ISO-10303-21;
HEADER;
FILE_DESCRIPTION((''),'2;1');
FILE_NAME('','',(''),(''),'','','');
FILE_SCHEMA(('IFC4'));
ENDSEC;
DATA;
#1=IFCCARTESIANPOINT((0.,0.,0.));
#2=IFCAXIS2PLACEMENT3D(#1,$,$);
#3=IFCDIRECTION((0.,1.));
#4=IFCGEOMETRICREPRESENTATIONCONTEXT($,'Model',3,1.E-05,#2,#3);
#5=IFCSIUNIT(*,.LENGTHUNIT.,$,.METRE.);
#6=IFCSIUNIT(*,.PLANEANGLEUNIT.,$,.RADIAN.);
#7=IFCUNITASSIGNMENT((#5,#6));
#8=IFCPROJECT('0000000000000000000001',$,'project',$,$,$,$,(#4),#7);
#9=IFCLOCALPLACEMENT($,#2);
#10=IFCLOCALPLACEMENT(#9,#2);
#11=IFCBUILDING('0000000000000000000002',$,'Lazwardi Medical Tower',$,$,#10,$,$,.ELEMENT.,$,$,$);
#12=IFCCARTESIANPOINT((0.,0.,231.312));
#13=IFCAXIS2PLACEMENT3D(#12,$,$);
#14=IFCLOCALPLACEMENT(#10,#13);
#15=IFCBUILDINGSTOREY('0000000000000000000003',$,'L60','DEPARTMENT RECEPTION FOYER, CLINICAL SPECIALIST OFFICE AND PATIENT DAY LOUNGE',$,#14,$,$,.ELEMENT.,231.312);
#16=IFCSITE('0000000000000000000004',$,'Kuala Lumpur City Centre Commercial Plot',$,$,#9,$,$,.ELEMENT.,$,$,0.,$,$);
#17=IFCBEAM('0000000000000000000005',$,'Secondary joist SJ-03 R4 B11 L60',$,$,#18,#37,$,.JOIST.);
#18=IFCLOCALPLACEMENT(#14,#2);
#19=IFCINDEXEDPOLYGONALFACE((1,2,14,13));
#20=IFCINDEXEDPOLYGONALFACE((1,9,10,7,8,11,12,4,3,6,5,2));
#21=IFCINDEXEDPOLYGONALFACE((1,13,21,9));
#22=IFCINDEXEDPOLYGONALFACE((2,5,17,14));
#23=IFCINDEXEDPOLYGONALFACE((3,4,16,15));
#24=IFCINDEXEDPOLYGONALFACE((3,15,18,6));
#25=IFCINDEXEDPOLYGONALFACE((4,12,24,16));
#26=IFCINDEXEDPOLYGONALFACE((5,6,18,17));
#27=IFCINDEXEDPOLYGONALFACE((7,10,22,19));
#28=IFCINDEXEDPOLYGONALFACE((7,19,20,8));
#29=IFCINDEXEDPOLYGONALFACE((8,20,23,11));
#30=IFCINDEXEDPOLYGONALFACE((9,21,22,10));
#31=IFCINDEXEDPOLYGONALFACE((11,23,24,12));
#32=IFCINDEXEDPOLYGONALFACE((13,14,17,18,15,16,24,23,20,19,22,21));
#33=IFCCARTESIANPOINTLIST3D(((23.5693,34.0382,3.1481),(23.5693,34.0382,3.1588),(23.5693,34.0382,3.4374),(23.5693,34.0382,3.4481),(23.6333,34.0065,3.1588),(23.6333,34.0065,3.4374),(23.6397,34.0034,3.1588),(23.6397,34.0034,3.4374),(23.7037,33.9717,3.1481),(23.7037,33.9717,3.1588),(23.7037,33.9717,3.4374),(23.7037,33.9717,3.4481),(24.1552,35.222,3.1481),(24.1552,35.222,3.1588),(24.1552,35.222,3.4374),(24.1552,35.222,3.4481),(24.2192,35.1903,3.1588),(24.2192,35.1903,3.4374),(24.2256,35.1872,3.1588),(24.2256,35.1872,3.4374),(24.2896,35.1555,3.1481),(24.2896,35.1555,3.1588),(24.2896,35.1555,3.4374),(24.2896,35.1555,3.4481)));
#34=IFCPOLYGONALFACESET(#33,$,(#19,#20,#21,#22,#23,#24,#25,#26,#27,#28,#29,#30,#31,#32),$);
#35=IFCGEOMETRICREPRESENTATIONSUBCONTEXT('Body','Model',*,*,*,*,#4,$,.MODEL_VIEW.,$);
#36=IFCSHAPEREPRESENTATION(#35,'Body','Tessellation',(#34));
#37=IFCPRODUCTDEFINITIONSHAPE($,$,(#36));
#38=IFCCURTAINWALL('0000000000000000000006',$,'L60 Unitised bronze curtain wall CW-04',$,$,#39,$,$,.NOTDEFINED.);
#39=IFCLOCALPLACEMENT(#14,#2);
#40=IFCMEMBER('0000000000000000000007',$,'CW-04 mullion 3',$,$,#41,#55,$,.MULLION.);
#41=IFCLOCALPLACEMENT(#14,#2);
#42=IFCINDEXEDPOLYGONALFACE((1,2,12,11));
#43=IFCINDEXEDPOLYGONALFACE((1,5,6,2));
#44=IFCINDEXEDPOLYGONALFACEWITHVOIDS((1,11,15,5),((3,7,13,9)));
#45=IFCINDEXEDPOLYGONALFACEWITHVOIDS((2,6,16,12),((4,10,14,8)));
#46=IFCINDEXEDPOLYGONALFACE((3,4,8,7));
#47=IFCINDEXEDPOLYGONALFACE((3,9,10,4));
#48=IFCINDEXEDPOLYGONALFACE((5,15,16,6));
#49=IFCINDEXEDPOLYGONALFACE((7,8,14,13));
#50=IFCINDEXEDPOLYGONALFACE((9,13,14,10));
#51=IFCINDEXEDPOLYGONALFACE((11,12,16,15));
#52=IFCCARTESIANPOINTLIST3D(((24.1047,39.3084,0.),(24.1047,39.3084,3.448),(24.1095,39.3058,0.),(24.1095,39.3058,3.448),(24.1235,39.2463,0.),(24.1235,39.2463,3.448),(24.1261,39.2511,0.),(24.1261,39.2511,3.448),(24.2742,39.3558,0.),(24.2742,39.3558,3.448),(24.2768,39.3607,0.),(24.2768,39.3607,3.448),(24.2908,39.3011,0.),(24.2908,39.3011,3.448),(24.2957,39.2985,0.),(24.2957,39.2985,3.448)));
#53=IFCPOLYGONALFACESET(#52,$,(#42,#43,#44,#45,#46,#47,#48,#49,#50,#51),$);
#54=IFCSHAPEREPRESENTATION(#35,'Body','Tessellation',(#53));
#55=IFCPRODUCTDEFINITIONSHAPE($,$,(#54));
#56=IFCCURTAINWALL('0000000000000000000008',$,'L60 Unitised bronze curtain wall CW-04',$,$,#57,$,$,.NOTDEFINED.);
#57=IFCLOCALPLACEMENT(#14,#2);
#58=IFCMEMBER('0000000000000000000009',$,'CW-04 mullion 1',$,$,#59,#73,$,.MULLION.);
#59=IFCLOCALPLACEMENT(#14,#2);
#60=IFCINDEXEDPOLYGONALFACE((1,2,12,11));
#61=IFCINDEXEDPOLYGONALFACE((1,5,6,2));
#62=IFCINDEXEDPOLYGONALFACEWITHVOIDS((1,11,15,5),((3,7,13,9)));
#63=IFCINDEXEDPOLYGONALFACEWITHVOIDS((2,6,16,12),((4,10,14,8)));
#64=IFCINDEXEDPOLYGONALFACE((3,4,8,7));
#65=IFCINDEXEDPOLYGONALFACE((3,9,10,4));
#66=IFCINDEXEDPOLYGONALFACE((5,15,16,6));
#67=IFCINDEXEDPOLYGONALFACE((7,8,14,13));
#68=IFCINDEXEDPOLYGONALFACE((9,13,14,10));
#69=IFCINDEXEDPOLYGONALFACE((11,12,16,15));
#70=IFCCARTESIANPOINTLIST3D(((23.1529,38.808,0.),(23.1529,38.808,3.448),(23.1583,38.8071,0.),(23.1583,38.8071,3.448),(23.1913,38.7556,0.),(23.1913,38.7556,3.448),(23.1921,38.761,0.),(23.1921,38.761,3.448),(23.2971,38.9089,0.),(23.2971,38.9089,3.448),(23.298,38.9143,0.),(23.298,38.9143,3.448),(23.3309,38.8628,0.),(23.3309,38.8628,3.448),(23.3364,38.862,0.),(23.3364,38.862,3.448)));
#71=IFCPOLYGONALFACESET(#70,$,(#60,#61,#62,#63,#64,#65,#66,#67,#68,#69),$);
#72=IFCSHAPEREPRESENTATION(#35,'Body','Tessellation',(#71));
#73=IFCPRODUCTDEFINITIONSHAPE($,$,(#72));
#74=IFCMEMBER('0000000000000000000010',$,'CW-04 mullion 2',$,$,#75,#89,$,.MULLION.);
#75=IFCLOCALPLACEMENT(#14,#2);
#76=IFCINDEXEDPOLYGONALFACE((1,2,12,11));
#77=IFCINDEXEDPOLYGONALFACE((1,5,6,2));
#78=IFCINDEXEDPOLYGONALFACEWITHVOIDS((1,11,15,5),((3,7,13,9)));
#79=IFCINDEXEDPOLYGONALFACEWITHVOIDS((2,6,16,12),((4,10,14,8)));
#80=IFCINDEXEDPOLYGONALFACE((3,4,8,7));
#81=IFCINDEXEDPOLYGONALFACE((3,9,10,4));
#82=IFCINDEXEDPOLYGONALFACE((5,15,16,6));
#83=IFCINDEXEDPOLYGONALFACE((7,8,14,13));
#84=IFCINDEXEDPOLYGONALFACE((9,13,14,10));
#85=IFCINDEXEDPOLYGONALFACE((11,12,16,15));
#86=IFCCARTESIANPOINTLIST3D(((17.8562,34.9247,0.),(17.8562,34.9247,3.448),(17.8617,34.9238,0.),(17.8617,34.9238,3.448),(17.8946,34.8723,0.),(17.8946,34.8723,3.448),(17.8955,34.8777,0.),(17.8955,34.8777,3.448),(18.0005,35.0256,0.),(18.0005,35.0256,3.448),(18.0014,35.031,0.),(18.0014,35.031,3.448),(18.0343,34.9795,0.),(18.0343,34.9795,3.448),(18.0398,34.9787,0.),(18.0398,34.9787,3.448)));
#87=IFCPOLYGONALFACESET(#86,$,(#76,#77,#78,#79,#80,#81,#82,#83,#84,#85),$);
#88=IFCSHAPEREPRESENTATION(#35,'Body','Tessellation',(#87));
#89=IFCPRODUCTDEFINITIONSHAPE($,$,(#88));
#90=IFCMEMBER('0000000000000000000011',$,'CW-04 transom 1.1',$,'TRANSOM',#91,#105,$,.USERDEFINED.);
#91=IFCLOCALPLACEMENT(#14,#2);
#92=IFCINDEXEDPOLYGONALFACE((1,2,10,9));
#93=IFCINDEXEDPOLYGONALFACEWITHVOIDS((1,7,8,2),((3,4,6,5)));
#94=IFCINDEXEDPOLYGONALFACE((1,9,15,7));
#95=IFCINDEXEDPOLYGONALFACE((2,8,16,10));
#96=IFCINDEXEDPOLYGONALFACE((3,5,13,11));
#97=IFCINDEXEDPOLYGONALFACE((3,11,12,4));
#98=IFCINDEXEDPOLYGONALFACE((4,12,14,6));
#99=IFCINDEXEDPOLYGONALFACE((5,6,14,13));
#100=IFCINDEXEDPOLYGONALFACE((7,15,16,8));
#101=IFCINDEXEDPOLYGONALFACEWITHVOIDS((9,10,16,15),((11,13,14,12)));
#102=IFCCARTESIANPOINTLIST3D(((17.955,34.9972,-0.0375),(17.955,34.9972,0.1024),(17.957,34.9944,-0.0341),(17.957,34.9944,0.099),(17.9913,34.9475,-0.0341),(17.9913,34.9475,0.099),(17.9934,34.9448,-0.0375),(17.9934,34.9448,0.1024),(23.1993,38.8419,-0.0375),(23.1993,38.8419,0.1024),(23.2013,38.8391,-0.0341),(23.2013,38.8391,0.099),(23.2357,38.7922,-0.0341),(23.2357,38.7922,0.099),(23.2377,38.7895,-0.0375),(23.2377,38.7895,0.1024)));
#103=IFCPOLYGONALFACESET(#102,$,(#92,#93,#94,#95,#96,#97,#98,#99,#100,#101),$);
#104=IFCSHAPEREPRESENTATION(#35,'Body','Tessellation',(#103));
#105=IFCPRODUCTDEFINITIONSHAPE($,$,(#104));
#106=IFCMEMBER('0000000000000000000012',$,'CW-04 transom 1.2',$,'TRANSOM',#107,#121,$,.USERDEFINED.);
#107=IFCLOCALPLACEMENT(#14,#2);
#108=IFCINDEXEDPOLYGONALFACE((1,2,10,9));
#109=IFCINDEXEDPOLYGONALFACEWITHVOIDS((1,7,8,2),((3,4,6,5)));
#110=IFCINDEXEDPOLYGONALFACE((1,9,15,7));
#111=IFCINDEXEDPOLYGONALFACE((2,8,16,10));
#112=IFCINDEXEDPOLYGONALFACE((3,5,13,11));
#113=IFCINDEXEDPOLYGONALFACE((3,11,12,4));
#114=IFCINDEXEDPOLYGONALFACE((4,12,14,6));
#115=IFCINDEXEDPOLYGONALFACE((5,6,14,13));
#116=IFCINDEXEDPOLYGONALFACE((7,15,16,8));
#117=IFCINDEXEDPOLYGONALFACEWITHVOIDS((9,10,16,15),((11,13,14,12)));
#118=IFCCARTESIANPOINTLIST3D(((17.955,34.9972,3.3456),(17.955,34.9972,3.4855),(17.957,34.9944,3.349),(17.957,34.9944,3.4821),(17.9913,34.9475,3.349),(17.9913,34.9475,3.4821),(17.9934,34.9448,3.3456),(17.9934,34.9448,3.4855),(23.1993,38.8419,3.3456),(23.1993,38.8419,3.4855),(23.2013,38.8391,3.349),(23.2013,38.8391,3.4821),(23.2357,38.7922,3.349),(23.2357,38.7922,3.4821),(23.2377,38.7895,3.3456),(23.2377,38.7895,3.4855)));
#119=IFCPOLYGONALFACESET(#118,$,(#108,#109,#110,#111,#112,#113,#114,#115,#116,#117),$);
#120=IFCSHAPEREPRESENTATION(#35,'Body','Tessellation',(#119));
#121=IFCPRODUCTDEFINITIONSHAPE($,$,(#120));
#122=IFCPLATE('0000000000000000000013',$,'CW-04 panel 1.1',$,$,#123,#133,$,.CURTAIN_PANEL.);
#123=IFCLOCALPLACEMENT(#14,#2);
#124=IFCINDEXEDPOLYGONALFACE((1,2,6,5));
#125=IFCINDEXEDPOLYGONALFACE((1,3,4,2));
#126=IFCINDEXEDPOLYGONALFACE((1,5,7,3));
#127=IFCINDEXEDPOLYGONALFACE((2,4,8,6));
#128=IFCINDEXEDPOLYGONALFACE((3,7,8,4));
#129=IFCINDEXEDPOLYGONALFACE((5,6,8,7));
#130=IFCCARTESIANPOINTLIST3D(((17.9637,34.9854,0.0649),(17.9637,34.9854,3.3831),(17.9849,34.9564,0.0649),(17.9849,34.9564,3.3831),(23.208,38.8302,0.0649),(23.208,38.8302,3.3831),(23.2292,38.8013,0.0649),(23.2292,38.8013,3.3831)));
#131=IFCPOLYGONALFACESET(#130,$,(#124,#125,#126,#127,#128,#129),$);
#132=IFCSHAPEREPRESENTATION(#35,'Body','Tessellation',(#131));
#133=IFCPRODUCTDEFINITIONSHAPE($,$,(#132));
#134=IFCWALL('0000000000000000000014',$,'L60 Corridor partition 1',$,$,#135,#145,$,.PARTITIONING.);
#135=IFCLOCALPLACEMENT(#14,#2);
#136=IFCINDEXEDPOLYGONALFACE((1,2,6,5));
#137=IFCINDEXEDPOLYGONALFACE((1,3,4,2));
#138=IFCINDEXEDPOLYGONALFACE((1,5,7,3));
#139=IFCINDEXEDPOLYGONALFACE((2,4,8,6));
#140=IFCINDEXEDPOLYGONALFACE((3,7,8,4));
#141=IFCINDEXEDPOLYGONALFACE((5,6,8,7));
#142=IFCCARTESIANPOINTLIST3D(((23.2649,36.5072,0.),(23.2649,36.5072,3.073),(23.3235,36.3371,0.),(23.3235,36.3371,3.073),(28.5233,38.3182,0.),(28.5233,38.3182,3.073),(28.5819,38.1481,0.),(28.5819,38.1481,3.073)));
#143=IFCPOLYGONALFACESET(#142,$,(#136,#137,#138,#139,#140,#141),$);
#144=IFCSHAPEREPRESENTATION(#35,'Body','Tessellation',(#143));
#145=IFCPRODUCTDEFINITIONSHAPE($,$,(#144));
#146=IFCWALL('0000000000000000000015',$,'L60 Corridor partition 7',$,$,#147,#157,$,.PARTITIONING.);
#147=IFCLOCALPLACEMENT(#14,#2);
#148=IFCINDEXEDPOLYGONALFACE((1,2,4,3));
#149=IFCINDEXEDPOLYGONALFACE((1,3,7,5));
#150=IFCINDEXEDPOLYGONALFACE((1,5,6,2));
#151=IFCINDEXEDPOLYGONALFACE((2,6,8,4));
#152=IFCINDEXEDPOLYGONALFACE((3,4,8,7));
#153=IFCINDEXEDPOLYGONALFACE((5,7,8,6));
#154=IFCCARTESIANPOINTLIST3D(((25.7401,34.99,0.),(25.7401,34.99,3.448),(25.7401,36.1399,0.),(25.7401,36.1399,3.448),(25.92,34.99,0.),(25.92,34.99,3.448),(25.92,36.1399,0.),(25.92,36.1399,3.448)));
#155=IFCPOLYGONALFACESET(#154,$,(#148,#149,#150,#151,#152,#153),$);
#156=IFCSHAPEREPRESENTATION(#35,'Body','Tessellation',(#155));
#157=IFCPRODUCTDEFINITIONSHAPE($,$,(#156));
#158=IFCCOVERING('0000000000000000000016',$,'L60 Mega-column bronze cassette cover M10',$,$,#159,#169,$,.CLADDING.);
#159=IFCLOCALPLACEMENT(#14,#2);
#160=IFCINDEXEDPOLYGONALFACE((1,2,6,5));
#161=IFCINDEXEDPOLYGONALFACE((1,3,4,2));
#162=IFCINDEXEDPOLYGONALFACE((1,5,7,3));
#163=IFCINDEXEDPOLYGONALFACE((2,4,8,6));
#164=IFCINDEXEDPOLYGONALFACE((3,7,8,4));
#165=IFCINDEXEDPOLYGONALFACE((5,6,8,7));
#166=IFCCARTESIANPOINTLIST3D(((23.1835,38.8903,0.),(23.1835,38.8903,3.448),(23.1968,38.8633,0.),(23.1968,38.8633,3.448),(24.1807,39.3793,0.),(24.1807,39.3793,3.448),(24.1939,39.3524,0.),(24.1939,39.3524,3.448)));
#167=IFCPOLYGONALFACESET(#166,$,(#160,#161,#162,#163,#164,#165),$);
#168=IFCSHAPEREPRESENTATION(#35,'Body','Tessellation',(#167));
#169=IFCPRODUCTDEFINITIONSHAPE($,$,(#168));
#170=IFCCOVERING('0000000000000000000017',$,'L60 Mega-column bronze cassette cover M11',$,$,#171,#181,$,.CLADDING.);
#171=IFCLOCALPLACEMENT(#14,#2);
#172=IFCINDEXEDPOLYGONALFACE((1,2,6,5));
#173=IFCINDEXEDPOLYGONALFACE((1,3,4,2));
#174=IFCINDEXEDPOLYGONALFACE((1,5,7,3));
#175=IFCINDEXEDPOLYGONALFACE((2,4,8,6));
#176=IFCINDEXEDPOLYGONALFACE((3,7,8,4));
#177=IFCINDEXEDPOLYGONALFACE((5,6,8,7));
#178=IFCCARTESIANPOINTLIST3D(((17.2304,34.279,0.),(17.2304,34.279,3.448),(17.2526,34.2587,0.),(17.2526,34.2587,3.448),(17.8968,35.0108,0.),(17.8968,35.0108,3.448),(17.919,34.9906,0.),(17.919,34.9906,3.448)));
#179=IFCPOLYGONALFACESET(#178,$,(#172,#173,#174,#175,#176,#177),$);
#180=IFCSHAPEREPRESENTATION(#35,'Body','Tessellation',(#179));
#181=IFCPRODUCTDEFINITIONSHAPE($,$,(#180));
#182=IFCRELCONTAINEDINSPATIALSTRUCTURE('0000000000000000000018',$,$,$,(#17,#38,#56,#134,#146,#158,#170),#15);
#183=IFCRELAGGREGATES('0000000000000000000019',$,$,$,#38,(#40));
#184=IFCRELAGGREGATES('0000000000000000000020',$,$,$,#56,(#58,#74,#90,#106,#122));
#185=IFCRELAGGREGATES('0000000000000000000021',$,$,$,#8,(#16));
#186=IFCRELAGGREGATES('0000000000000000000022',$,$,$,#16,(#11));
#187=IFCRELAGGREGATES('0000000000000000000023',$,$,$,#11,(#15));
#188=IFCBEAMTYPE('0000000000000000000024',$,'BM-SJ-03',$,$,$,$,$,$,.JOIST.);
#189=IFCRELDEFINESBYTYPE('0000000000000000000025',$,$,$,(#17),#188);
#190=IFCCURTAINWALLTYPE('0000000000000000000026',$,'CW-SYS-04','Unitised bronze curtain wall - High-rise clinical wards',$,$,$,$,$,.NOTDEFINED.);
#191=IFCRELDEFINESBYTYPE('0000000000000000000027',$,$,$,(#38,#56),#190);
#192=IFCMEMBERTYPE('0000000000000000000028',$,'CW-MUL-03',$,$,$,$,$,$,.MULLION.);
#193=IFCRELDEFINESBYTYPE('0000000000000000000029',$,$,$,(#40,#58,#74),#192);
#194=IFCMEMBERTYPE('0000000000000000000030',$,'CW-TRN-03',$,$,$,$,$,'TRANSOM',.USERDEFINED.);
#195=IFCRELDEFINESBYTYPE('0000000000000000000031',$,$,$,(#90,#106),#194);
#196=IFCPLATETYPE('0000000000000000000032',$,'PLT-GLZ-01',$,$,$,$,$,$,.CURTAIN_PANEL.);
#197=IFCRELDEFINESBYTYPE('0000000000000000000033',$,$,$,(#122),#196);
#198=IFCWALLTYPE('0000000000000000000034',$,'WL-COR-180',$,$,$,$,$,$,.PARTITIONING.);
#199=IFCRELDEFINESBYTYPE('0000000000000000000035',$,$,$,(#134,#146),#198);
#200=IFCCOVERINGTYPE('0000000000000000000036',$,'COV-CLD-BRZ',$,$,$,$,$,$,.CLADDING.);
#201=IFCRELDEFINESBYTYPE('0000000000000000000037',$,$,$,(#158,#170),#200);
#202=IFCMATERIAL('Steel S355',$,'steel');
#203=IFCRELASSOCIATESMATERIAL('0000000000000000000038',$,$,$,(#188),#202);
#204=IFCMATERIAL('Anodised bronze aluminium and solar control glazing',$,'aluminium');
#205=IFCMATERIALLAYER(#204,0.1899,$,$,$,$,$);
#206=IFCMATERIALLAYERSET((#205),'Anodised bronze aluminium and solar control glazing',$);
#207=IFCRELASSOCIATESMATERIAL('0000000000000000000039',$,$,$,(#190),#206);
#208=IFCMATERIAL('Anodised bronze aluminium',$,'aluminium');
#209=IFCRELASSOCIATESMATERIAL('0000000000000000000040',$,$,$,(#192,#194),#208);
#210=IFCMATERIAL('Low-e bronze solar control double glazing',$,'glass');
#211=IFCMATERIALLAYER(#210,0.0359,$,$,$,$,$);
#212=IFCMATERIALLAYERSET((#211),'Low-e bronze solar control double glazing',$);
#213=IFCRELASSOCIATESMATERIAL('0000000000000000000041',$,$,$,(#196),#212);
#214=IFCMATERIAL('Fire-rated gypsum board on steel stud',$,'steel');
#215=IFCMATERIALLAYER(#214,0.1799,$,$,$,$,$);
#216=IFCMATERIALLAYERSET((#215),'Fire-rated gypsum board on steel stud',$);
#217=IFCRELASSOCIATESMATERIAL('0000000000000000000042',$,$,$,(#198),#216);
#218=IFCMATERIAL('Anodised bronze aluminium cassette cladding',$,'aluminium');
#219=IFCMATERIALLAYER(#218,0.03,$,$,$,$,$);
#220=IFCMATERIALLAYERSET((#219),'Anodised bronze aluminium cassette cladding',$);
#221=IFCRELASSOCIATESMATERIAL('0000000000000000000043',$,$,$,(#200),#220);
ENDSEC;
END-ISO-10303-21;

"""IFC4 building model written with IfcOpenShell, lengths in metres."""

from ifc_helpers import new_model, si_unit, direction, frame, frame_2d, origin, origin_2d, place, context, subcontext, project, spatial, rectangle, hollow_rectangle, i_section, extrude, material, layer, layer_set, material_profile, profile_set, type_object, element, aggregate, save


model = new_model("IFC4")

# Units and contexts
model_context = context("Model", 3, precision=1e-05, world=origin(), true_north=direction((0.0, 1.0)))
body_context = subcontext(model_context, "Body", "Model", "MODEL_VIEW")
ifc_project = project(units=[si_unit("LENGTHUNIT", "METRE"), si_unit("PLANEANGLEUNIT", "RADIAN")], contexts=[model_context])

# Site, building, storey
site_placement = place(None, origin())
site = spatial("IfcSite", under=ifc_project, at=site_placement, Name="Kuala Lumpur City Centre Commercial Plot", CompositionType="ELEMENT", RefElevation=0.0)
building_placement = place(site_placement, origin())
building = spatial("IfcBuilding", under=site, at=building_placement, Name="Lazwardi Medical Tower", CompositionType="ELEMENT")
storey_placement = place(building_placement, frame((0.0, 0.0, 231.312)))
storey = spatial("IfcBuildingStorey", under=building, at=storey_placement, Name="L60", Description="DEPARTMENT RECEPTION FOYER, CLINICAL SPECIALIST OFFICE AND PATIENT DAY LOUNGE", CompositionType="ELEMENT", Elevation=231.312)

# Beam
ifc_material_1 = material(Name="Steel S355", Category="steel")
ifc_material_profile_1 = material_profile(ifc_material_1, i_section(OverallWidth=0.1499, OverallDepth=0.3, WebThickness=0.0071, FlangeThickness=0.0107, at=origin_2d()), Name="IPE 300")
ifc_profile_set_1 = profile_set([ifc_material_profile_1], Name="Steel S355")
beam_type_1 = type_object("IfcBeamType", Name="BM-SJ-03", PredefinedType="JOIST", material=ifc_profile_set_1)
beam_1_placement = place(storey_placement, frame((24.2224, 35.1887, 3.2981), z_axis=(-0.443587, -0.896231, 0.0), x_axis=(0.896231, -0.443587, 0.0)))
element("IfcBeam", 1, at=beam_1_placement, inside=storey, type_object=beam_type_1, Name="Secondary joist SJ-03 R4 B11 L60", PredefinedType="JOIST", context=body_context, shape_type="SweptSolid", body=[
    extrude(i_section(OverallWidth=0.1499, OverallDepth=0.3, WebThickness=0.0071, FlangeThickness=0.0107, at=origin_2d()), origin(), (0.0, 0.0, 1.0), 1.3208),
])

# Curtain wall, member
ifc_material_2 = material(Name="Anodised bronze aluminium and solar control glazing", Category="aluminium")
ifc_layer_1 = layer(ifc_material_2, 0.1899)
ifc_layer_set_1 = layer_set([ifc_layer_1], Name="Anodised bronze aluminium and solar control glazing")
curtain_wall_type = type_object("IfcCurtainWallType", Name="CW-SYS-04", Description="Unitised bronze curtain wall - High-rise clinical wards", PredefinedType="NOTDEFINED", material=ifc_layer_set_1)
curtain_wall_1_placement = place(storey_placement, origin())
curtain_wall_1 = element("IfcCurtainWall", 2, at=curtain_wall_1_placement, inside=storey, type_object=curtain_wall_type, Name="L60 Unitised bronze curtain wall CW-04", PredefinedType="NOTDEFINED")
ifc_material_3 = material(Name="Anodised bronze aluminium", Category="aluminium")
ifc_material_profile_2 = material_profile(ifc_material_3, hollow_rectangle(XDim=0.0649, YDim=0.1799, WallThickness=0.0039, at=origin_2d()), Name="ALU-MULLION 180x65x4")
ifc_profile_set_2 = profile_set([ifc_material_profile_2], Name="Anodised bronze aluminium")
member_type_1 = type_object("IfcMemberType", Name="CW-MUL-03", PredefinedType="MULLION", material=ifc_profile_set_2)
member_1_placement = place(storey_placement, frame((24.2002, 39.3035, 0.0), z_axis=(0.0, 0.0, 1.0), x_axis=(0.290582, -0.95685, 0.0)))
member_1 = element("IfcMember", 3, at=member_1_placement, type_object=member_type_1, Name="CW-04 mullion 3", PredefinedType="MULLION", context=body_context, shape_type="SweptSolid", body=[
    extrude(hollow_rectangle(XDim=0.0649, YDim=0.1799, WallThickness=0.0039, at=origin_2d()), origin(), (0.0, 0.0, 1.0), 3.448),
])
aggregate(curtain_wall_1, [member_1])

# Curtain wall, members, plate
curtain_wall_2_placement = place(storey_placement, origin())
curtain_wall_2 = element("IfcCurtainWall", 4, at=curtain_wall_2_placement, inside=storey, type_object=curtain_wall_type, Name="L60 Unitised bronze curtain wall CW-04", PredefinedType="NOTDEFINED")
member_2_placement = place(storey_placement, frame((23.2446, 38.835, 0.0), z_axis=(0.0, 0.0, 1.0), x_axis=(0.591268, -0.806475, 0.0)))
member_2 = element("IfcMember", 5, at=member_2_placement, type_object=member_type_1, Name="CW-04 mullion 1", PredefinedType="MULLION", context=body_context, shape_type="SweptSolid", body=[
    extrude(hollow_rectangle(XDim=0.0649, YDim=0.1799, WallThickness=0.0039, at=origin_2d()), origin(), (0.0, 0.0, 1.0), 3.448),
])
member_3_placement = place(storey_placement, frame((17.948, 34.9517, 0.0), z_axis=(0.0, 0.0, 1.0), x_axis=(0.591268, -0.806475, 0.0)))
member_3 = element("IfcMember", 6, at=member_3_placement, type_object=member_type_1, Name="CW-04 mullion 2", PredefinedType="MULLION", context=body_context, shape_type="SweptSolid", body=[
    extrude(hollow_rectangle(XDim=0.0649, YDim=0.1799, WallThickness=0.0039, at=origin_2d()), origin(), (0.0, 0.0, 1.0), 3.448),
])
ifc_material_profile_3 = material_profile(ifc_material_3, hollow_rectangle(XDim=0.0649, YDim=0.1399, WallThickness=0.0034, at=origin_2d()), Name="ALU-TRANSOM 140x65x3.5")
ifc_profile_set_3 = profile_set([ifc_material_profile_3], Name="Anodised bronze aluminium")
member_type_2 = type_object("IfcMemberType", Name="CW-TRN-03", ElementType="TRANSOM", PredefinedType="USERDEFINED", material=ifc_profile_set_3)
member_4_placement = place(storey_placement, frame((23.2185, 38.8157, 0.0325), z_axis=(-0.80649, -0.591248, 0.0), x_axis=(0.591248, -0.80649, 0.0)))
member_4 = element("IfcMember", 7, at=member_4_placement, type_object=member_type_2, Name="CW-04 transom 1.1", ObjectType="TRANSOM", PredefinedType="USERDEFINED", context=body_context, shape_type="SweptSolid", body=[
    extrude(hollow_rectangle(XDim=0.0649, YDim=0.1399, WallThickness=0.0034, at=origin_2d()), origin(), (0.0, 0.0, 1.0), 6.5027),
])
member_5_placement = place(storey_placement, frame((23.2185, 38.8157, 3.4155), z_axis=(-0.80649, -0.591248, 0.0), x_axis=(0.591248, -0.80649, 0.0)))
member_5 = element("IfcMember", 8, at=member_5_placement, type_object=member_type_2, Name="CW-04 transom 1.2", ObjectType="TRANSOM", PredefinedType="USERDEFINED", context=body_context, shape_type="SweptSolid", body=[
    extrude(hollow_rectangle(XDim=0.0649, YDim=0.1399, WallThickness=0.0034, at=origin_2d()), origin(), (0.0, 0.0, 1.0), 6.5027),
])
ifc_material_4 = material(Name="Low-e bronze solar control double glazing", Category="glass")
ifc_layer_2 = layer(ifc_material_4, 0.0359)
ifc_layer_set_2 = layer_set([ifc_layer_2], Name="Low-e bronze solar control double glazing")
plate_type = type_object("IfcPlateType", Name="PLT-GLZ-01", PredefinedType="CURTAIN_PANEL", material=ifc_layer_set_2)
plate_placement = place(storey_placement, frame((20.5964, 36.8933, 0.0649), z_axis=(0.0, 0.0, 1.0), x_axis=(-0.806475, -0.591268, 0.0)))
plate = element("IfcPlate", 9, at=plate_placement, type_object=plate_type, Name="CW-04 panel 1.1", PredefinedType="CURTAIN_PANEL", context=body_context, shape_type="SweptSolid", body=[
    extrude(rectangle(XDim=6.5027, YDim=0.0359, at=origin_2d()), origin(), (0.0, 0.0, 1.0), 3.3181),
])
aggregate(curtain_wall_2, [member_2, member_3, member_4, member_5, plate])

# Walls
ifc_material_5 = material(Name="Fire-rated gypsum board on steel stud", Category="steel")
ifc_layer_3 = layer(ifc_material_5, 0.1799)
ifc_layer_set_3 = layer_set([ifc_layer_3], Name="Fire-rated gypsum board on steel stud")
wall_type = type_object("IfcWallType", Name="WL-COR-180", PredefinedType="PARTITIONING", material=ifc_layer_set_3)
wall_1_placement = place(storey_placement, frame((23.2942, 36.4221, 0.0), z_axis=(0.0, 0.0, 1.0), x_axis=(0.945493, 0.325642, 0.0)))
element("IfcWall", 10, at=wall_1_placement, inside=storey, type_object=wall_type, Name="L60 Corridor partition 1", PredefinedType="PARTITIONING", context=body_context, shape_type="SweptSolid", body=[
    extrude(rectangle(XDim=5.5615, YDim=0.1799, at=frame_2d((2.7808, 0.0))), origin(), (0.0, 0.0, 1.0), 3.073),
])
wall_2_placement = place(storey_placement, frame((25.8301, 36.1399, 0.0), z_axis=(0.0, 0.0, 1.0), x_axis=(0.0, -1.0, 0.0)))
element("IfcWall", 11, at=wall_2_placement, inside=storey, type_object=wall_type, Name="L60 Corridor partition 7", PredefinedType="PARTITIONING", context=body_context, shape_type="SweptSolid", body=[
    extrude(rectangle(XDim=1.1499, YDim=0.1799, at=frame_2d((0.575, 0.0))), origin(), (0.0, 0.0, 1.0), 3.448),
])

# Coverings
ifc_material_6 = material(Name="Anodised bronze aluminium cassette cladding", Category="aluminium")
ifc_layer_4 = layer(ifc_material_6, 0.03)
ifc_layer_set_4 = layer_set([ifc_layer_4], Name="Anodised bronze aluminium cassette cladding")
covering_type = type_object("IfcCoveringType", Name="COV-CLD-BRZ", PredefinedType="CLADDING", material=ifc_layer_set_4)
covering_1_placement = place(storey_placement, frame((23.6887, 39.1213, 0.0), z_axis=(0.0, 0.0, 1.0), x_axis=(-0.89784, -0.440322, 0.0)))
element("IfcCovering", 12, at=covering_1_placement, inside=storey, type_object=covering_type, Name="L60 Mega-column bronze cassette cover M10", PredefinedType="CLADDING", context=body_context, shape_type="SweptSolid", body=[
    extrude(rectangle(XDim=1.1106, YDim=0.03, at=origin_2d()), origin(), (0.0, 0.0, 1.0), 3.448),
])
covering_2_placement = place(storey_placement, frame((17.5747, 34.6348, 0.0), z_axis=(0.0, 0.0, 1.0), x_axis=(-0.673241, -0.739423, 0.0)))
element("IfcCovering", 13, at=covering_2_placement, inside=storey, type_object=covering_type, Name="L60 Mega-column bronze cassette cover M11", PredefinedType="CLADDING", context=body_context, shape_type="SweptSolid", body=[
    extrude(rectangle(XDim=0.9897, YDim=0.03, at=origin_2d()), origin(), (0.0, 0.0, 1.0), 3.448),
])

save(model, "model.ifc")
